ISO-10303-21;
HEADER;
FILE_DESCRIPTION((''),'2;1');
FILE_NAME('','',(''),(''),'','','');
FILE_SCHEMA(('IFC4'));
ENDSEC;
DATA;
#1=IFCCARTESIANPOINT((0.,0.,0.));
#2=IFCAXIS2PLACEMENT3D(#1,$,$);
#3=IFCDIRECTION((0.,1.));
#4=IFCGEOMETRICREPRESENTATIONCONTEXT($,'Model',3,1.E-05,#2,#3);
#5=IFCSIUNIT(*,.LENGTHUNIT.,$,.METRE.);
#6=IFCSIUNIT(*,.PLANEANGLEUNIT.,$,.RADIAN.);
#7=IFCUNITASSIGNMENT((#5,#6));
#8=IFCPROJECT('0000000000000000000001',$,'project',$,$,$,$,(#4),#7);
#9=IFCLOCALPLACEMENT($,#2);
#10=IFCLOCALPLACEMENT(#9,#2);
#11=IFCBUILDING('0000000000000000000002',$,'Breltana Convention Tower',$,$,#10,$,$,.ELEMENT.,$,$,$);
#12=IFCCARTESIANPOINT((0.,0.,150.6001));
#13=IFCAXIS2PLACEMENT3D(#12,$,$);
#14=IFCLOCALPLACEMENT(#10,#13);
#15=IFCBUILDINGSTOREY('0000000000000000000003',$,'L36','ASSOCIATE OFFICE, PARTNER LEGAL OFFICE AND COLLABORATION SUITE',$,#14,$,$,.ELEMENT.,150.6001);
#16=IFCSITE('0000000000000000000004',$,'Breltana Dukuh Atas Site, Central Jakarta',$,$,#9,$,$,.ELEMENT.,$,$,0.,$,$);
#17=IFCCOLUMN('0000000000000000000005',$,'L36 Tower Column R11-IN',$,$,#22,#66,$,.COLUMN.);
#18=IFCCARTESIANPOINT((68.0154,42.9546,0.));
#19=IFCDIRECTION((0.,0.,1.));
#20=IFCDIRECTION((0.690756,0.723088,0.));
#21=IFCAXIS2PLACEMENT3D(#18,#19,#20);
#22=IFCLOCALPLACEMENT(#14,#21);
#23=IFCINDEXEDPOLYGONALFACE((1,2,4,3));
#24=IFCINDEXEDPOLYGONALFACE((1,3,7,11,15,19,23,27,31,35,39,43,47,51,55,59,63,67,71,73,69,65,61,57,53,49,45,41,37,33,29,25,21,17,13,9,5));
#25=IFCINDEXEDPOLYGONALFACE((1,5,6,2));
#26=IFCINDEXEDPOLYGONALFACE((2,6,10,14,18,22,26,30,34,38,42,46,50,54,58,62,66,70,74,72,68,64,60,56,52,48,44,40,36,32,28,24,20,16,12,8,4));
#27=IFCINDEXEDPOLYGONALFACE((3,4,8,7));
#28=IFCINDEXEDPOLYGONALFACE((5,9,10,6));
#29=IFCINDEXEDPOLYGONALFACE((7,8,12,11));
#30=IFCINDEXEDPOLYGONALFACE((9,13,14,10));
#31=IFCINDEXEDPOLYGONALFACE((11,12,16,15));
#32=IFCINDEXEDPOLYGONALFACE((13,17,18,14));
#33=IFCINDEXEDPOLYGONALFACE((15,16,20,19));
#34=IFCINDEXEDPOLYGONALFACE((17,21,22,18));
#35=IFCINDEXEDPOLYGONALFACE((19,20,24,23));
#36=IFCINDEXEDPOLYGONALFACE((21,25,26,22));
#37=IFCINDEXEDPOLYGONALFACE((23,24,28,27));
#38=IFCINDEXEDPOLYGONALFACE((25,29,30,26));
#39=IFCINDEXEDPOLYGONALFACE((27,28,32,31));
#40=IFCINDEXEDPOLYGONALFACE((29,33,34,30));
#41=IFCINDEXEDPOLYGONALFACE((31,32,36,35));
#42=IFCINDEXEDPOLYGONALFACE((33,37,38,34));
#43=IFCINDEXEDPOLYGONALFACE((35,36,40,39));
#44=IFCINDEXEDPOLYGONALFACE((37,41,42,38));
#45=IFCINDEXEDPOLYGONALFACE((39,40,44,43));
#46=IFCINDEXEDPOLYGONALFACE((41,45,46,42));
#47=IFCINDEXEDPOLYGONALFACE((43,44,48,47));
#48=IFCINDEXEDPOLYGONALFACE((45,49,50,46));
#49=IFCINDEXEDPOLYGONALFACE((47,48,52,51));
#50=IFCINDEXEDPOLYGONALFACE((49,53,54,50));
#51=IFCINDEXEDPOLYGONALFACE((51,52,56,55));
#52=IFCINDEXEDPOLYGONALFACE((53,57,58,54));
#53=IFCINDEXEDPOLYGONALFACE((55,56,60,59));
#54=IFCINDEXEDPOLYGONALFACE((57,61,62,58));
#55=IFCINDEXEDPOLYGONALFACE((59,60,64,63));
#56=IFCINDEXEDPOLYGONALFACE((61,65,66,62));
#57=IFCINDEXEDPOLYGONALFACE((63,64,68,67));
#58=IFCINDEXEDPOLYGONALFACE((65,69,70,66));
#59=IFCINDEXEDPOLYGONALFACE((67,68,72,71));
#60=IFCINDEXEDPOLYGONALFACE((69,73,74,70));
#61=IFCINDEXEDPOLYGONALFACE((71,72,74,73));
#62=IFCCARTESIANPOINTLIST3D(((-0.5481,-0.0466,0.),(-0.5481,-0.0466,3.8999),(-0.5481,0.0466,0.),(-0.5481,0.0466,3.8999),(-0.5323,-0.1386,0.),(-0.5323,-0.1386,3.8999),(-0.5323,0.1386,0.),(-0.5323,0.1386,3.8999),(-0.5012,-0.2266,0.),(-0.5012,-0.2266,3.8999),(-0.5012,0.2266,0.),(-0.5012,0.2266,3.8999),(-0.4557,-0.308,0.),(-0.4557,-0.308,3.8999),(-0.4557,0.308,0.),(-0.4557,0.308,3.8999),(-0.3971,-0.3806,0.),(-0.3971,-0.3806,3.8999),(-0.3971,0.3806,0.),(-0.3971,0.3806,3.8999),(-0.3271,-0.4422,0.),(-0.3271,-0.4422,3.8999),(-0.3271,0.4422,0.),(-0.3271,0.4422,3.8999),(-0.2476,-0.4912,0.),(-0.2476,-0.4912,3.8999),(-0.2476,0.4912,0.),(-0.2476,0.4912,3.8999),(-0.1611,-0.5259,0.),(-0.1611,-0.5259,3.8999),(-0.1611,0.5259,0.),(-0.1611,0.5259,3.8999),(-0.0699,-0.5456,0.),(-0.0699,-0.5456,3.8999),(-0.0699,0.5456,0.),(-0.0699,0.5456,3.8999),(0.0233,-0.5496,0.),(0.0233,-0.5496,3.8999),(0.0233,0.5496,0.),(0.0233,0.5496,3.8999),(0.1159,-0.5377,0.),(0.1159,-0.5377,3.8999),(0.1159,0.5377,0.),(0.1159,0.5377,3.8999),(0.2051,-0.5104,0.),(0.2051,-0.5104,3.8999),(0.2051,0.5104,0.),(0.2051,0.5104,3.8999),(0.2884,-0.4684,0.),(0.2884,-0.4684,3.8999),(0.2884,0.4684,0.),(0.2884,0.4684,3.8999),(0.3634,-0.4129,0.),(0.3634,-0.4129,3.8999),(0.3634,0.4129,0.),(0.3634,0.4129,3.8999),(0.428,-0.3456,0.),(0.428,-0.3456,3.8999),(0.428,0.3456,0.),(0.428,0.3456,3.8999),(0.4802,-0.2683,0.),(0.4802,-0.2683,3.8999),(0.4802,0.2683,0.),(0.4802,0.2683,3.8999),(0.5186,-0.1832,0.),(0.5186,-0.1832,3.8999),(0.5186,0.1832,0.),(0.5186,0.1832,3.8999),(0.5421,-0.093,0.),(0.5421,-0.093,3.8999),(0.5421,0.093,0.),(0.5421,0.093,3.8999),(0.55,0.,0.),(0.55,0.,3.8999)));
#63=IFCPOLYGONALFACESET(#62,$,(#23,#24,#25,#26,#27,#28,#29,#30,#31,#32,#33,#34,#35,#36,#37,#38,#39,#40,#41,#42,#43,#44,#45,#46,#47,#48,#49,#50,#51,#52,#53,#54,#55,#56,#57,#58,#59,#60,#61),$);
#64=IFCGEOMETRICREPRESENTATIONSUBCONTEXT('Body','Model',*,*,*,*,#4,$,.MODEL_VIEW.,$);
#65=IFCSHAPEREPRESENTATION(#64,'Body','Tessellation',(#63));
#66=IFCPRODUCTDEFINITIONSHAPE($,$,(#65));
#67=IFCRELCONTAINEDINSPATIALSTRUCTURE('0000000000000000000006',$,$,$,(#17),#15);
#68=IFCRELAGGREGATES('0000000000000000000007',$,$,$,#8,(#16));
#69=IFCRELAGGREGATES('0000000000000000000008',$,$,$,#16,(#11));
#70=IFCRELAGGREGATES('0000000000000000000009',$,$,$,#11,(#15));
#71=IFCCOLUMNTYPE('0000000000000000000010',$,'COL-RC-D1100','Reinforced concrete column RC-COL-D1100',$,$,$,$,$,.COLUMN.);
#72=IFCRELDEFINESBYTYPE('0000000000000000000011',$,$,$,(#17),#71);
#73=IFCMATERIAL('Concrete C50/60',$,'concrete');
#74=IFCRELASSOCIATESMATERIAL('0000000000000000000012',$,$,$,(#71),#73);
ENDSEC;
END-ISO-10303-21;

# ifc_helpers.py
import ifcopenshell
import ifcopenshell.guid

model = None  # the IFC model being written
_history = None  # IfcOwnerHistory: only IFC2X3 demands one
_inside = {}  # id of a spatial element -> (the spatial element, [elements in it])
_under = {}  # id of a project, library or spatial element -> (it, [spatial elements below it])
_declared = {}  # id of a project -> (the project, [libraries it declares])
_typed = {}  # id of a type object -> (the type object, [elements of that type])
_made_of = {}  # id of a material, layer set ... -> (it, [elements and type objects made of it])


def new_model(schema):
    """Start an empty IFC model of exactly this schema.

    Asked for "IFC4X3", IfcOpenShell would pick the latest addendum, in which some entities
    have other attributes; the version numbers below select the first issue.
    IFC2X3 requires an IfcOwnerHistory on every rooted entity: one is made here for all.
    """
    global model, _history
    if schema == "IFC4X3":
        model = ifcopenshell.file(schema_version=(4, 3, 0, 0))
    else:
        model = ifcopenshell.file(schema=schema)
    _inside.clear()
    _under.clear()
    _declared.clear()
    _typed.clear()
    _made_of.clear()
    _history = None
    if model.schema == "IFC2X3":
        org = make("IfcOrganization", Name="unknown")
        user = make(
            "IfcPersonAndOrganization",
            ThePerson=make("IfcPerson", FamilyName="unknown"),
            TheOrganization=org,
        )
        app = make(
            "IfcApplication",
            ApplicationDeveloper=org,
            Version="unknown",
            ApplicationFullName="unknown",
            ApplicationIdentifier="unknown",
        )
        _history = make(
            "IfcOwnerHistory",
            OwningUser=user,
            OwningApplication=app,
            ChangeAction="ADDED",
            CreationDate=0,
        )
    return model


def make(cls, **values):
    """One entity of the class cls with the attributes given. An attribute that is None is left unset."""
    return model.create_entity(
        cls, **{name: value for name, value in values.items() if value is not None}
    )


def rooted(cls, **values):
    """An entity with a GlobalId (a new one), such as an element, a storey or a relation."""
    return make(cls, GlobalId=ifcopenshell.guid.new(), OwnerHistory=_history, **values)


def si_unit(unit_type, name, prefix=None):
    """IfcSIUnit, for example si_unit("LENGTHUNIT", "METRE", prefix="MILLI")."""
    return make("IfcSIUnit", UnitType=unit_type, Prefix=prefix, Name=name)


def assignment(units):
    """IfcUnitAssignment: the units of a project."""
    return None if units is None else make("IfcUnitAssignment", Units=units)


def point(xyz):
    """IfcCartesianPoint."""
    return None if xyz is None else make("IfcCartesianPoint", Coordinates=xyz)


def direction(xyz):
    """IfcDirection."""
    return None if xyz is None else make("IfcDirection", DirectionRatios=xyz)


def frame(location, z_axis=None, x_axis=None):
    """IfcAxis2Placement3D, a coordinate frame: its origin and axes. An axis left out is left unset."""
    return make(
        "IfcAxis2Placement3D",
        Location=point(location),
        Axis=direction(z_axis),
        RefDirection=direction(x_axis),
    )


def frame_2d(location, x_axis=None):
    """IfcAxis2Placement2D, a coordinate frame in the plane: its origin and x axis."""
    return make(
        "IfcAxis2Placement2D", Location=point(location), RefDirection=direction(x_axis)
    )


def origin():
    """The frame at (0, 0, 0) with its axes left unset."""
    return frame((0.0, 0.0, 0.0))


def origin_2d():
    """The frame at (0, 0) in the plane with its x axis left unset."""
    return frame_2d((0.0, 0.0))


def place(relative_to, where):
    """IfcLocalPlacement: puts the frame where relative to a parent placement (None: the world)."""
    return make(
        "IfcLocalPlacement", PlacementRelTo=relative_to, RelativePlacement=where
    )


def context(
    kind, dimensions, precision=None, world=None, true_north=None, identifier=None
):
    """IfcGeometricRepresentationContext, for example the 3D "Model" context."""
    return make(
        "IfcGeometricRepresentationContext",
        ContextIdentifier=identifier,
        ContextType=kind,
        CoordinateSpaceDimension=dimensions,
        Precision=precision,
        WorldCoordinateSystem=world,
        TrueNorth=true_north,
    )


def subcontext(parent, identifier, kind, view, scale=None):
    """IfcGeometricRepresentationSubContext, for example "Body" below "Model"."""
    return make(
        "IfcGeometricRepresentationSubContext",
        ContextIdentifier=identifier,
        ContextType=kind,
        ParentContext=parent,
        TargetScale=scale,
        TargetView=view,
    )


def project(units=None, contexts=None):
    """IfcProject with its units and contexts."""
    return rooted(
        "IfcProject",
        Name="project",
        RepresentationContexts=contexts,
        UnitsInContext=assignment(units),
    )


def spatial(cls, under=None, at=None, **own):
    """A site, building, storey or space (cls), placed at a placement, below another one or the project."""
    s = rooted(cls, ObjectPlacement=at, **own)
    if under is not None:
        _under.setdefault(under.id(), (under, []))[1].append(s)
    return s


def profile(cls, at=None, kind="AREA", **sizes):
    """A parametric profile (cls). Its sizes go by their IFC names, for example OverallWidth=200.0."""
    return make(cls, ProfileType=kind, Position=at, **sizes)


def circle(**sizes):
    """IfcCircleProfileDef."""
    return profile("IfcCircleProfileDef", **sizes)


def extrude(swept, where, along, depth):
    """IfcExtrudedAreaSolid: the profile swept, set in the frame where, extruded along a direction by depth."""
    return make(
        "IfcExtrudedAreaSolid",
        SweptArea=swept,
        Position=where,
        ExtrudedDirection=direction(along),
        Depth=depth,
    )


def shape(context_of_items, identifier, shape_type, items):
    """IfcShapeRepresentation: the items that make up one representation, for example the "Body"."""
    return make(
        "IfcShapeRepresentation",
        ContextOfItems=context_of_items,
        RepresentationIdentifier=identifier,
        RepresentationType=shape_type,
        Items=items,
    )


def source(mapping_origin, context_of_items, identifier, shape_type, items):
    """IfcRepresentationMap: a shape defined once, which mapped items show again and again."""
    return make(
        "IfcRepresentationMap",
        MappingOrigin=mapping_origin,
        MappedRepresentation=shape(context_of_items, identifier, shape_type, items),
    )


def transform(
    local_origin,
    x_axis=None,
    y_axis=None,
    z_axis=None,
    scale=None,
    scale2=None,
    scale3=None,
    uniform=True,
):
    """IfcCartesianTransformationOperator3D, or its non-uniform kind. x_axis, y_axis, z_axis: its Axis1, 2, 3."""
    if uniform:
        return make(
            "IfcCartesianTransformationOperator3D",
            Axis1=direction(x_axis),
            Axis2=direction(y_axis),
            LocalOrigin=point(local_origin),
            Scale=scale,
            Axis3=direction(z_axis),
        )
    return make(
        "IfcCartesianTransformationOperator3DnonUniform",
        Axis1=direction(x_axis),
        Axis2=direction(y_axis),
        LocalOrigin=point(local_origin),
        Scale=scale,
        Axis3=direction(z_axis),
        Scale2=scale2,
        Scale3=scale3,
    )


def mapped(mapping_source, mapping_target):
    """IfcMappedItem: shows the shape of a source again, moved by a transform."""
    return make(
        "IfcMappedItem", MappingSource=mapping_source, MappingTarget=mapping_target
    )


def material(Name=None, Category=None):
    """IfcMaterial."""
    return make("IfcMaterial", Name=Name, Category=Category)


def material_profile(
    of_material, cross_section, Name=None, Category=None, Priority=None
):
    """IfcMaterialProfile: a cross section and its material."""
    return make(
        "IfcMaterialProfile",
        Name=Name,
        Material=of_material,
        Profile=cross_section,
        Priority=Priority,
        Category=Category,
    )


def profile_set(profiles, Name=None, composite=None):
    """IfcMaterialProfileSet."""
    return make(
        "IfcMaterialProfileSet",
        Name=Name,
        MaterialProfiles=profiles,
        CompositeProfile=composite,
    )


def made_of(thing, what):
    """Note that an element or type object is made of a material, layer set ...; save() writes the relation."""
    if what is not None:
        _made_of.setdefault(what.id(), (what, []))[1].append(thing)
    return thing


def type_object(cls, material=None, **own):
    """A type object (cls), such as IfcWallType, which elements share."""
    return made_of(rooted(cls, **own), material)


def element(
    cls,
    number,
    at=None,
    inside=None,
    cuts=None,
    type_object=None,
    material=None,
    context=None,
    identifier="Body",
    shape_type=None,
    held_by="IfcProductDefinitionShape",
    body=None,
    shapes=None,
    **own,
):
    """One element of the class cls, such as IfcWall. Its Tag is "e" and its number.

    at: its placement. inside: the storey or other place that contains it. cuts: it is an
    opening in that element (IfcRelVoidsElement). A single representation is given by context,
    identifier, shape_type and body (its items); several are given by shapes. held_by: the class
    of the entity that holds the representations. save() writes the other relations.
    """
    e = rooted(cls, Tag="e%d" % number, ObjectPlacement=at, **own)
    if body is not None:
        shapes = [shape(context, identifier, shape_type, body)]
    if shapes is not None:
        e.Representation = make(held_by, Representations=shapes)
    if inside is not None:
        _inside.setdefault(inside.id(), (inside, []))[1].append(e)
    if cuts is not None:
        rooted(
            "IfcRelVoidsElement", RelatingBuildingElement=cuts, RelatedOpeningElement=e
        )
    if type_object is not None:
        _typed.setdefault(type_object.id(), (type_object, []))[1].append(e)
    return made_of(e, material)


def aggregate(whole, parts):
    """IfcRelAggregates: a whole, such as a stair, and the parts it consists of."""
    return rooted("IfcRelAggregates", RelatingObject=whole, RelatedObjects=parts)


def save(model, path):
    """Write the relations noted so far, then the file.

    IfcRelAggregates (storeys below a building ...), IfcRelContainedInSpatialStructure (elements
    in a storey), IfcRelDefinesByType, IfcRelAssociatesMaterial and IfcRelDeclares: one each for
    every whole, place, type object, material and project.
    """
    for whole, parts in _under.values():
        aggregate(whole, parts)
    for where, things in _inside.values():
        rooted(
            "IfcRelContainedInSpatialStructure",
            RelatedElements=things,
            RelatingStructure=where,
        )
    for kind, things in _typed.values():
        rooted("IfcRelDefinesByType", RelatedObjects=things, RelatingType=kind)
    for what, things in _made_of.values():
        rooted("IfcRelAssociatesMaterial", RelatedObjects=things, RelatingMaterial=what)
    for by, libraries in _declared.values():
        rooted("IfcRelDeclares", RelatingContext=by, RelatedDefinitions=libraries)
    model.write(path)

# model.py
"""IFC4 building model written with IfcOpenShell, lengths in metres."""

from ifc_helpers import new_model, si_unit, direction, frame, origin, origin_2d, place, context, subcontext, project, spatial, circle, extrude, source, transform, mapped, material, material_profile, profile_set, type_object, element, save


model = new_model("IFC4")

# Units and contexts
model_context = context("Model", 3, precision=1e-05, world=origin(), true_north=direction((0.0, 1.0)))
body_context = subcontext(model_context, "Body", "Model", "MODEL_VIEW")
ifc_project = project(units=[si_unit("LENGTHUNIT", "METRE"), si_unit("PLANEANGLEUNIT", "RADIAN")], contexts=[model_context])

# Site, building, storey
site_placement = place(None, origin())
site = spatial("IfcSite", under=ifc_project, at=site_placement, Name="Breltana Dukuh Atas Site, Central Jakarta", CompositionType="ELEMENT", RefElevation=0.0)
building_placement = place(site_placement, origin())
building = spatial("IfcBuilding", under=site, at=building_placement, Name="Breltana Convention Tower", CompositionType="ELEMENT")
storey_placement = place(building_placement, frame((0.0, 0.0, 150.6001)))
storey = spatial("IfcBuildingStorey", under=building, at=storey_placement, Name="L36", Description="ASSOCIATE OFFICE, PARTNER LEGAL OFFICE AND COLLABORATION SUITE", CompositionType="ELEMENT", Elevation=150.6001)

# Column
ifc_material_1 = material(Name="Concrete C50/60", Category="concrete")
ifc_material_profile_1 = material_profile(ifc_material_1, circle(Radius=0.55, at=origin_2d()), Name="RC-COL-D1100")
ifc_profile_set_1 = profile_set([ifc_material_profile_1], Name="Concrete C50/60")
column_type = type_object("IfcColumnType", Name="COL-RC-D1100", Description="Reinforced concrete column RC-COL-D1100", PredefinedType="COLUMN", material=ifc_profile_set_1)
shared_shape_1 = source(origin(), body_context, "Body", "SweptSolid", [
    extrude(circle(Radius=0.55, at=origin_2d()), origin(), (0.0, 0.0, 1.0), 3.8999),
])
column_placement = place(storey_placement, frame((68.0154, 42.9546, 0.0), z_axis=(0.0, 0.0, 1.0), x_axis=(0.690756, 0.723088, 0.0)))
element("IfcColumn", 1, at=column_placement, inside=storey, type_object=column_type, Name="L36 Tower Column R11-IN", PredefinedType="COLUMN", context=body_context, shape_type="MappedRepresentation", body=[
    mapped(shared_shape_1, transform((0.0, 0.0, 0.0), scale=1.0)),
])

save(model, "model.ifc")
